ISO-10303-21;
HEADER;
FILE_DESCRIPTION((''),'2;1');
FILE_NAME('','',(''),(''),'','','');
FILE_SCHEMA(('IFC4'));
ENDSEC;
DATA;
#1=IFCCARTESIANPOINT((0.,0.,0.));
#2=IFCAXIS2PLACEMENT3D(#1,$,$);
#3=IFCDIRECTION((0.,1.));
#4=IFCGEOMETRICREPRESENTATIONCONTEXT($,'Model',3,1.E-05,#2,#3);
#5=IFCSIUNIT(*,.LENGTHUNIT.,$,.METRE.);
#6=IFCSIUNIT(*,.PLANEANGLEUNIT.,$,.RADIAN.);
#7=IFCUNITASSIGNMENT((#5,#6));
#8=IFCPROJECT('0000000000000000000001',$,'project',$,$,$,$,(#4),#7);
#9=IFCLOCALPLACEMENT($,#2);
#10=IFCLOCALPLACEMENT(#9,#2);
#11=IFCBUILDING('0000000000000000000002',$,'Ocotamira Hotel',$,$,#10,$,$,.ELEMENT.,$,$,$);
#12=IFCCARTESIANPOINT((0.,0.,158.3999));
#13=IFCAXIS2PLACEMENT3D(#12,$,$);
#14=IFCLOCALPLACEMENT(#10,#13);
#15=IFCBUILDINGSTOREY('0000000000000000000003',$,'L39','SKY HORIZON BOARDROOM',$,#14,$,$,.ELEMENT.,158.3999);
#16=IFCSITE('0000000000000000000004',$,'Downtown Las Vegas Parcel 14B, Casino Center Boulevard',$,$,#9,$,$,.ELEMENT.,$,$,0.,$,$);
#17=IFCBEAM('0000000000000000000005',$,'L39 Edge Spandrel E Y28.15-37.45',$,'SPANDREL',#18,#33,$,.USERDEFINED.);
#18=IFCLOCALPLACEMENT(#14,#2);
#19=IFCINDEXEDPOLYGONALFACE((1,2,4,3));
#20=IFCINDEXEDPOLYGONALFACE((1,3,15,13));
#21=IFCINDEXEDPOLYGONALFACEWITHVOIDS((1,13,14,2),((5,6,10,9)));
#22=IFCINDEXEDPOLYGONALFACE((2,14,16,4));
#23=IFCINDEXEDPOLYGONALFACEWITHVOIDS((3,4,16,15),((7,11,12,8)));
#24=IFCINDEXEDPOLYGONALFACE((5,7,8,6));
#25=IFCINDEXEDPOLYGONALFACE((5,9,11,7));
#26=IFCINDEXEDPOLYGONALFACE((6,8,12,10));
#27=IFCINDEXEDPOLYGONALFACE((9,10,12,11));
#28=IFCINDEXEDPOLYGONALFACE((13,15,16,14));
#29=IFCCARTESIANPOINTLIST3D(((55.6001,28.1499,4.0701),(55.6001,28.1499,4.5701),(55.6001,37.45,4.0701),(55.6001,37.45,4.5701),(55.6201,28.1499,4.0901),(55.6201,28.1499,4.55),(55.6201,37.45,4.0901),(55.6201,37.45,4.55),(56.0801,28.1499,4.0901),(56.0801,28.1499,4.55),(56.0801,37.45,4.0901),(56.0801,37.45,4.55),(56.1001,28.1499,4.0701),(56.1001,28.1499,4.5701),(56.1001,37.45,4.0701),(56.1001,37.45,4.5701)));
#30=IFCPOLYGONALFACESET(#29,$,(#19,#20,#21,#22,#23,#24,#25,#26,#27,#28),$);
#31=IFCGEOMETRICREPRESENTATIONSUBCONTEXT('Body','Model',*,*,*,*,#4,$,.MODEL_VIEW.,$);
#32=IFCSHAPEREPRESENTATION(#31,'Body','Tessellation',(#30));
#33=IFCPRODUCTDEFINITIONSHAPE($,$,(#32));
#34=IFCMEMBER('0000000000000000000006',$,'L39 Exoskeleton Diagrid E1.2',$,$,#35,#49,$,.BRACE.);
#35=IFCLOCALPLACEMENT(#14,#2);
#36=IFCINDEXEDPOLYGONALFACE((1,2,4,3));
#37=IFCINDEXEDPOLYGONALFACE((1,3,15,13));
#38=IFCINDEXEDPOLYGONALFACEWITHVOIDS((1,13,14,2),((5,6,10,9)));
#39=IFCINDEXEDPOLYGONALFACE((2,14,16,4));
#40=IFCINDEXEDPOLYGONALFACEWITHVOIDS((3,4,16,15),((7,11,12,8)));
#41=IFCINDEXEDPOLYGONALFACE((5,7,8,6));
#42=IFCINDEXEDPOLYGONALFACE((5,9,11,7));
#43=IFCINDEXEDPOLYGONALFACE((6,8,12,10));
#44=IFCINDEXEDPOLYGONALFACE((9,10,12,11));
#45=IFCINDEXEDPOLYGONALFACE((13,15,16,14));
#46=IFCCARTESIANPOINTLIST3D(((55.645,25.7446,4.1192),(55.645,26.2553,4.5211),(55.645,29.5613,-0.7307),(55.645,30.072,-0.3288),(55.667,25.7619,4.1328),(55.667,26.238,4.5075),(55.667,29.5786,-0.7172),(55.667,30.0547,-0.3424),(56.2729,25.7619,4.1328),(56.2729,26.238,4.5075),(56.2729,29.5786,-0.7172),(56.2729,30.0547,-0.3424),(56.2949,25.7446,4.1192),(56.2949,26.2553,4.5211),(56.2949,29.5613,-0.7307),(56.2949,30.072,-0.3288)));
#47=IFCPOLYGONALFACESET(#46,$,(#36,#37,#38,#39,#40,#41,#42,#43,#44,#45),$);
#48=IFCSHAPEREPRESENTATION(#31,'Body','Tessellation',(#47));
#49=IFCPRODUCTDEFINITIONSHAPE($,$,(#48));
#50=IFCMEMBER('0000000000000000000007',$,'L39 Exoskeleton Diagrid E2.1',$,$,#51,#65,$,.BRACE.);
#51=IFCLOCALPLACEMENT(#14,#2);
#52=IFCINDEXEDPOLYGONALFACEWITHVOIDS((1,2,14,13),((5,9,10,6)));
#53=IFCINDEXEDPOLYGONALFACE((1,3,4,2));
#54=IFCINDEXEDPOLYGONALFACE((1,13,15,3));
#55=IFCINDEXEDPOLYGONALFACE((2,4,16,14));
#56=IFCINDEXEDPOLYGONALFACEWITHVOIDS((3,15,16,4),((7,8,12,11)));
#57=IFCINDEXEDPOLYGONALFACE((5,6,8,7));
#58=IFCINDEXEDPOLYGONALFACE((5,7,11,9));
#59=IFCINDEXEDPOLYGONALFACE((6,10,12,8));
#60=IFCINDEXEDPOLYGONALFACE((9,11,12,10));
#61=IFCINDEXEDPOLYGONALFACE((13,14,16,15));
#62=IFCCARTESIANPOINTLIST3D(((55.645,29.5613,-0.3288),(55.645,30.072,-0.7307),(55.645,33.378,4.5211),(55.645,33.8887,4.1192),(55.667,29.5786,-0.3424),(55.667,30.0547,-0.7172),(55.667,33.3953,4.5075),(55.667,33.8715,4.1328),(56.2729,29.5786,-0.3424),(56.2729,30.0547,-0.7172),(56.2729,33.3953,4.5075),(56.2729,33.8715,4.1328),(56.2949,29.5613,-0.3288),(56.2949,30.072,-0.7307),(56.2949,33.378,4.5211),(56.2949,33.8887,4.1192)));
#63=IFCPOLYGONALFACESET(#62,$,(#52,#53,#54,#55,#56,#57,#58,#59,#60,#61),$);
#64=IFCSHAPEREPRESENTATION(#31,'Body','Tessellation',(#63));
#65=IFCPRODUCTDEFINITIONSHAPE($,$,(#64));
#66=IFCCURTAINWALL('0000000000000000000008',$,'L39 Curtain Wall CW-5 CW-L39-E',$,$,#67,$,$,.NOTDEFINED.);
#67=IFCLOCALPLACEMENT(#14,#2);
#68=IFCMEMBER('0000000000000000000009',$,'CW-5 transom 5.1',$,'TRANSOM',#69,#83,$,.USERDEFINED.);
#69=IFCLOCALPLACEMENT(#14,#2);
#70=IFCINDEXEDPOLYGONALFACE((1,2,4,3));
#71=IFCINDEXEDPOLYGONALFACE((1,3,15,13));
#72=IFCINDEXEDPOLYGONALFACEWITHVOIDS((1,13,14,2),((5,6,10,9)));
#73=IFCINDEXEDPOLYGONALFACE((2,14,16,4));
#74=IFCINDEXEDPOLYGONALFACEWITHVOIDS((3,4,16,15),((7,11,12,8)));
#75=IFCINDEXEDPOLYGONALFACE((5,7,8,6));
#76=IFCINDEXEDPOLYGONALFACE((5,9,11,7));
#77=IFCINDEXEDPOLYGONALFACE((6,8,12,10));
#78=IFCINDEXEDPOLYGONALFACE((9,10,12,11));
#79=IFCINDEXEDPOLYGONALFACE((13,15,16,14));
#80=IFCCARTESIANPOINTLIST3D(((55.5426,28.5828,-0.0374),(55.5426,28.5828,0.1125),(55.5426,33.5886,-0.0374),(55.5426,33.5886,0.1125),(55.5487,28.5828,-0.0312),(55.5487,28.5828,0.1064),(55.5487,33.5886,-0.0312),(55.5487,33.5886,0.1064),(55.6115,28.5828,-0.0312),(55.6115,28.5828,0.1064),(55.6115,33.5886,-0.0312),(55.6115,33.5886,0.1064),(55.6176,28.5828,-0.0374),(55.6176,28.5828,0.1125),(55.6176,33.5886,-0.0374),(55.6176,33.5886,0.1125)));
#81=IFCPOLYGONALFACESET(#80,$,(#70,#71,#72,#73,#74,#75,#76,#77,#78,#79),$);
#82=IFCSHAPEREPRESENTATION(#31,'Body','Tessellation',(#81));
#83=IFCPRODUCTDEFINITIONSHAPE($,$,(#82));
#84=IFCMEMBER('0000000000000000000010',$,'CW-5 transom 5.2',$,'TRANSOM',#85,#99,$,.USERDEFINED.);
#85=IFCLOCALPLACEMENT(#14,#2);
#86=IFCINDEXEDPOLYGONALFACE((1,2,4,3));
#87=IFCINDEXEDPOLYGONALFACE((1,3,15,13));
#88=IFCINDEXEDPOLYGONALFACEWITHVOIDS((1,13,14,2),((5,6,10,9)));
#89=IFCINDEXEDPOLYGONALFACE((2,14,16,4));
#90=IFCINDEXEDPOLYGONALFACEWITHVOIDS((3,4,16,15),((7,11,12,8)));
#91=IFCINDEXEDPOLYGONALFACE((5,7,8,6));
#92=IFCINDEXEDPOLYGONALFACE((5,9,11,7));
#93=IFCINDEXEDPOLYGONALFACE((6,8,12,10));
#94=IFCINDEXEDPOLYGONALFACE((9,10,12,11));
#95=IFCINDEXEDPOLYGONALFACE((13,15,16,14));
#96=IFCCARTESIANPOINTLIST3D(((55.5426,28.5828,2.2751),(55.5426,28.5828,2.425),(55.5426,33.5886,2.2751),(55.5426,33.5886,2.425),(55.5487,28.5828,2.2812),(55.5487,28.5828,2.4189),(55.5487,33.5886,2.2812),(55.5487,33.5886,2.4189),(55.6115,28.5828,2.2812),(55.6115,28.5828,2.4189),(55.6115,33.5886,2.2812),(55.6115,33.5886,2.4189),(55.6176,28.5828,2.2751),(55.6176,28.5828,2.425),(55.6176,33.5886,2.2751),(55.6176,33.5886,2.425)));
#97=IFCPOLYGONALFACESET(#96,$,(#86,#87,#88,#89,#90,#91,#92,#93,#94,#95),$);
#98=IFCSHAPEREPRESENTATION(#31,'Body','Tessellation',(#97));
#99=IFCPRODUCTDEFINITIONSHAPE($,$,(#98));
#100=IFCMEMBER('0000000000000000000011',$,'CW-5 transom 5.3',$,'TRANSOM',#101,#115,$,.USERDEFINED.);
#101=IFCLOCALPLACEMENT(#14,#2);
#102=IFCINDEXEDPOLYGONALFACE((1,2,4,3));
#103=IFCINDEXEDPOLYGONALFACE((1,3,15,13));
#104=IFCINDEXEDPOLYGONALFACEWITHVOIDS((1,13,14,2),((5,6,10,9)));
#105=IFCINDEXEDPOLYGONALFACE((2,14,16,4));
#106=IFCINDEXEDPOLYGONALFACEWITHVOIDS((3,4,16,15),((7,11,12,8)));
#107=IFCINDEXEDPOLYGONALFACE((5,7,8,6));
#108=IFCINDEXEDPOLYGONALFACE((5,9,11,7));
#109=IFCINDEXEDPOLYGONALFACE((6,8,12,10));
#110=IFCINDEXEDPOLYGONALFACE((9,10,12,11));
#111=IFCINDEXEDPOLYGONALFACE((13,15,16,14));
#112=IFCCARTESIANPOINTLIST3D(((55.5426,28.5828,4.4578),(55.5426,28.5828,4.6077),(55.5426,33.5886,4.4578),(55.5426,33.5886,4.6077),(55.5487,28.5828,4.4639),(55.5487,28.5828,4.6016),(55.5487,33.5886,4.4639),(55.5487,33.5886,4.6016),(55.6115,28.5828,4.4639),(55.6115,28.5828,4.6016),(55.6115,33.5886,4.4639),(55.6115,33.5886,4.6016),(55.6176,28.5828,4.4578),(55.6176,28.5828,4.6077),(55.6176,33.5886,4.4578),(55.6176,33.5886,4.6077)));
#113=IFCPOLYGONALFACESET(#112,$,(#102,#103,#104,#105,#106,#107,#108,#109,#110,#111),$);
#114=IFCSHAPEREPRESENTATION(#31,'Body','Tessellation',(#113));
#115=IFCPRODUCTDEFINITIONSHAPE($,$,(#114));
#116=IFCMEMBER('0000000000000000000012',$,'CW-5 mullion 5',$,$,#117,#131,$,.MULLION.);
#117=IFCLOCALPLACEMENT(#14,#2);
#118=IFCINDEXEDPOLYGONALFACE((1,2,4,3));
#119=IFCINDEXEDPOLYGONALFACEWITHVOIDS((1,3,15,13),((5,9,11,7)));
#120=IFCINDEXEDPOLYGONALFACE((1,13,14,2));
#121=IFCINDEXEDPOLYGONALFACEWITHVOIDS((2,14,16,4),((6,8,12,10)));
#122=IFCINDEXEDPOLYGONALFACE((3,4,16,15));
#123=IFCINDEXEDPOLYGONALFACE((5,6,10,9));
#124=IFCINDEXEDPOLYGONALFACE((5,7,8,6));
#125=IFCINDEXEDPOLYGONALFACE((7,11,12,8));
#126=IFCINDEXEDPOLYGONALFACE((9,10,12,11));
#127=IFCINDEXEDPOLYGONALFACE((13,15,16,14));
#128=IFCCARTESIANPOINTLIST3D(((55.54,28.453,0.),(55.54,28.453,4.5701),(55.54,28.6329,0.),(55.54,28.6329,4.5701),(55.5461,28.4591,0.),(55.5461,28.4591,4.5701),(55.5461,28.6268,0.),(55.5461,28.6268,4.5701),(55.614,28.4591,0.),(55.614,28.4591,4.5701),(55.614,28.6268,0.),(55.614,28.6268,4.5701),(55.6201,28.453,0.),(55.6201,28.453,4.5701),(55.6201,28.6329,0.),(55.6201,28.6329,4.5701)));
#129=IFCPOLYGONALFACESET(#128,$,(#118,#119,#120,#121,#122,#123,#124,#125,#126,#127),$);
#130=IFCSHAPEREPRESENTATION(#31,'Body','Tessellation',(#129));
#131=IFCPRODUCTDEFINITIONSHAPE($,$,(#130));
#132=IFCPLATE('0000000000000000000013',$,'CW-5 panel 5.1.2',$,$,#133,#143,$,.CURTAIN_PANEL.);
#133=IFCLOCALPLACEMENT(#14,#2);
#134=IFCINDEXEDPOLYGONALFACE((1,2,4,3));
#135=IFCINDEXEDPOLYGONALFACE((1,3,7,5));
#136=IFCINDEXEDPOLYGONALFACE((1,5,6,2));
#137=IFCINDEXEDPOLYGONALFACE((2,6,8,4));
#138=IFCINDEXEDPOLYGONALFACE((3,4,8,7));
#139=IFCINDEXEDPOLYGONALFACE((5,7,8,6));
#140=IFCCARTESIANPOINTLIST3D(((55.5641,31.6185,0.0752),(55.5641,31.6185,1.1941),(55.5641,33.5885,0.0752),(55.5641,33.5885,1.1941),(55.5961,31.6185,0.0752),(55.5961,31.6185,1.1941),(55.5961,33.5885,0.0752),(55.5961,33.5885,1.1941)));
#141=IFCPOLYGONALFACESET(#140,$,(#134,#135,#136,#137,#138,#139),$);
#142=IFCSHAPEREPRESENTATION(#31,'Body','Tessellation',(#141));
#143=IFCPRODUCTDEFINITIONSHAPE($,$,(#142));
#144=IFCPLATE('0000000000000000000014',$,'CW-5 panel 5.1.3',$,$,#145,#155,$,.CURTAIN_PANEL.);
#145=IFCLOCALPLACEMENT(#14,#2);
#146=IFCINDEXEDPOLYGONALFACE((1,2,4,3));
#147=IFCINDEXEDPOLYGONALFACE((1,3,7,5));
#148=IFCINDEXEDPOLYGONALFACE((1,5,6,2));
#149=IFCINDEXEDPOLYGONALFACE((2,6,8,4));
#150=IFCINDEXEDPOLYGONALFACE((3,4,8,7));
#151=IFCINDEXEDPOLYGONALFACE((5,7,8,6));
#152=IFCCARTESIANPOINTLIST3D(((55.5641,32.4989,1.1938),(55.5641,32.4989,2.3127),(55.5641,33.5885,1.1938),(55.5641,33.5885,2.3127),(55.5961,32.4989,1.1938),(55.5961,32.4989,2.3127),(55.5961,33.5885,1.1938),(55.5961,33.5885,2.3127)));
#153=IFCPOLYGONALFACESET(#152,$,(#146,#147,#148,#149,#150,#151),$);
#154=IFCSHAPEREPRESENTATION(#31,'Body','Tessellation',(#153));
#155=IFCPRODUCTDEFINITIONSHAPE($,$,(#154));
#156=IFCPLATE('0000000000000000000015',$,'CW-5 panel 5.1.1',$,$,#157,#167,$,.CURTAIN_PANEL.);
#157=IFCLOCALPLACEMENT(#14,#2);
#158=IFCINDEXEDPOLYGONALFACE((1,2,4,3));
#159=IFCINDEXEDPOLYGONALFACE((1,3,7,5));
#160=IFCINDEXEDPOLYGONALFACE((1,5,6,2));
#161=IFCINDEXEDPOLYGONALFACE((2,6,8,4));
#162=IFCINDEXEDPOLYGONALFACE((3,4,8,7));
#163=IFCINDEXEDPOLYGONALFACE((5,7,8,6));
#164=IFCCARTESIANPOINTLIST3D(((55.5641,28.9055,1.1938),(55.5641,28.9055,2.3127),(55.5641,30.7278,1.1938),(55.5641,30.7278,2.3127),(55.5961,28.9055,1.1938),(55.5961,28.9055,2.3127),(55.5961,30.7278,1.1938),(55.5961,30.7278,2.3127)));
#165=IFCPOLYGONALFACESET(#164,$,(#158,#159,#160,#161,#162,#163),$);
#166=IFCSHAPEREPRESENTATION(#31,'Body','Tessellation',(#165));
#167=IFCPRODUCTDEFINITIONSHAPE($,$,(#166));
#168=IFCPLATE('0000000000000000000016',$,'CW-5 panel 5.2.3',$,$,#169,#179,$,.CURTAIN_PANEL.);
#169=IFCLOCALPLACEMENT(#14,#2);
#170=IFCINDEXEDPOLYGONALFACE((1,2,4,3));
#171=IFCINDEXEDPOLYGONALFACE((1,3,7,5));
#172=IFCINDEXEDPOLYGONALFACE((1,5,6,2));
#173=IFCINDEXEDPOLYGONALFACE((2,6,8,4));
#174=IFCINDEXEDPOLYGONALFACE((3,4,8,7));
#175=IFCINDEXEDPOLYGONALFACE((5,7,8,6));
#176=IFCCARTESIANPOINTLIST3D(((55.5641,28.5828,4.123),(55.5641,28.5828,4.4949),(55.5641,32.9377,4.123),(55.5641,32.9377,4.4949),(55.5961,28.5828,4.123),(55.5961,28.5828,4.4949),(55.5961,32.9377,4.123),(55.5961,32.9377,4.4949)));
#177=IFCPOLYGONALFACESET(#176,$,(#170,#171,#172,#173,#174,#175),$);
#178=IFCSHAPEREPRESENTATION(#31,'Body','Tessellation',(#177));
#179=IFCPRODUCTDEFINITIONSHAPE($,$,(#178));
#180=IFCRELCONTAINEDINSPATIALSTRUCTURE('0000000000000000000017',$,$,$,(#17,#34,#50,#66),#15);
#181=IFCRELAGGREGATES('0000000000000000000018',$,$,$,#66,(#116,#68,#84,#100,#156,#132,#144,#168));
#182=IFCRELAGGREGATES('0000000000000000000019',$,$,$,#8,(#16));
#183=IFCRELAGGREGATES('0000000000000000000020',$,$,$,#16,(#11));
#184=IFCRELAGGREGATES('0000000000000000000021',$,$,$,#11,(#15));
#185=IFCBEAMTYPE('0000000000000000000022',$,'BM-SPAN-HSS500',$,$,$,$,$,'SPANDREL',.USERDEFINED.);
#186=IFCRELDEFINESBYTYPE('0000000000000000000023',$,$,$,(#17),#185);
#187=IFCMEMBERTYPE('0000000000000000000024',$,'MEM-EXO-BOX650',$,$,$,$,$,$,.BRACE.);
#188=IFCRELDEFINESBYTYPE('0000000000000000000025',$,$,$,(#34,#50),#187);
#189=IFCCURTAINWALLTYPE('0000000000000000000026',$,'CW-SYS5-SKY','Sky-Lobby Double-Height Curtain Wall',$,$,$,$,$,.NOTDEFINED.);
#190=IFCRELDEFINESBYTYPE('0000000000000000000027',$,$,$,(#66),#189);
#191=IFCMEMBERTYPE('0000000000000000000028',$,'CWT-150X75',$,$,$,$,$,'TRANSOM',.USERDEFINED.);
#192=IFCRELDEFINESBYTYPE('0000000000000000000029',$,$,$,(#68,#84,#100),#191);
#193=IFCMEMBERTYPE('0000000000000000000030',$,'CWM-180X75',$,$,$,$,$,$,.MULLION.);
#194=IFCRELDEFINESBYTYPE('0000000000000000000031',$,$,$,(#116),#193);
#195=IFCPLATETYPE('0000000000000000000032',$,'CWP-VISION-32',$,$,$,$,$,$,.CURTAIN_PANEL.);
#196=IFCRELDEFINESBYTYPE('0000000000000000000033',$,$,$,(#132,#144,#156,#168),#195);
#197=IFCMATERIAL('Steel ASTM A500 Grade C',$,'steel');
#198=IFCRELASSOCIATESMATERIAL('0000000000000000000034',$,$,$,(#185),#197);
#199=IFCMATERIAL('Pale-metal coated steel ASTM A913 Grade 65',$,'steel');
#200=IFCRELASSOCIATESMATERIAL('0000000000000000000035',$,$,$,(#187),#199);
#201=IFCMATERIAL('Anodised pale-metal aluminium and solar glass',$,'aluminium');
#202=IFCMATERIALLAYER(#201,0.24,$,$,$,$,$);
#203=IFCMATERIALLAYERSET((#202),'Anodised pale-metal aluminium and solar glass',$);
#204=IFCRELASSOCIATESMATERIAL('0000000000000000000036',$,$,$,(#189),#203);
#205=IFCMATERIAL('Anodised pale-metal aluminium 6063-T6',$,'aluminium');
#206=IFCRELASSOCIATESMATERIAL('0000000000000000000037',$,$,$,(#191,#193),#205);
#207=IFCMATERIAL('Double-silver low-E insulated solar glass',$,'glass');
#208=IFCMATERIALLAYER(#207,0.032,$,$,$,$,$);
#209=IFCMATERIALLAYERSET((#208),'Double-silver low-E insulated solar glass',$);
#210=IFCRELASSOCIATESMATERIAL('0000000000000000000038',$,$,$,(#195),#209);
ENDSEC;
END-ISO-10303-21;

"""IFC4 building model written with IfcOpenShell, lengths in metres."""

from ifc_helpers import new_model, si_unit, direction, frame, origin, origin_2d, place, context, subcontext, project, spatial, rectangle, hollow_rectangle, extrude, source, transform, mapped, material, layer, layer_set, material_profile, profile_set, type_object, element, aggregate, save


model = new_model("IFC4")

# Units and contexts
model_context = context("Model", 3, precision=1e-05, world=origin(), true_north=direction((0.0, 1.0)))
body_context = subcontext(model_context, "Body", "Model", "MODEL_VIEW")
ifc_project = project(units=[si_unit("LENGTHUNIT", "METRE"), si_unit("PLANEANGLEUNIT", "RADIAN")], contexts=[model_context])

# Site, building, storey
site_placement = place(None, origin())
site = spatial("IfcSite", under=ifc_project, at=site_placement, Name="Downtown Las Vegas Parcel 14B, Casino Center Boulevard", CompositionType="ELEMENT", RefElevation=0.0)
building_placement = place(site_placement, origin())
building = spatial("IfcBuilding", under=site, at=building_placement, Name="Ocotamira Hotel", CompositionType="ELEMENT")
storey_placement = place(building_placement, frame((0.0, 0.0, 158.3999)))
storey = spatial("IfcBuildingStorey", under=building, at=storey_placement, Name="L39", Description="SKY HORIZON BOARDROOM", CompositionType="ELEMENT", Elevation=158.3999)

# Beam
ifc_material_1 = material(Name="Steel ASTM A500 Grade C", Category="steel")
ifc_material_profile_1 = material_profile(ifc_material_1, hollow_rectangle(XDim=0.5, YDim=0.5, WallThickness=0.02, at=origin_2d()), Name="HSS500X500X20")
ifc_profile_set_1 = profile_set([ifc_material_profile_1], Name="Steel ASTM A500 Grade C")
beam_type_1 = type_object("IfcBeamType", Name="BM-SPAN-HSS500", ElementType="SPANDREL", PredefinedType="USERDEFINED", material=ifc_profile_set_1)
shared_shape_1 = source(origin(), body_context, "Body", "SweptSolid", [
    extrude(hollow_rectangle(XDim=0.5, YDim=0.5, WallThickness=0.02, at=origin_2d()), origin(), (0.0, 0.0, 1.0), 9.3),
])
beam_1_placement = place(storey_placement, frame((55.8501, 28.1499, 4.3201), z_axis=(0.0, 1.0, 0.0), x_axis=(-1.0, 0.0, 0.0)))
element("IfcBeam", 1, at=beam_1_placement, inside=storey, type_object=beam_type_1, Name="L39 Edge Spandrel E Y28.15-37.45", ObjectType="SPANDREL", PredefinedType="USERDEFINED", context=body_context, shape_type="MappedRepresentation", body=[
    mapped(shared_shape_1, transform((0.0, 0.0, 0.0), scale=1.0)),
])

# Members
ifc_material_2 = material(Name="Pale-metal coated steel ASTM A913 Grade 65", Category="steel")
ifc_material_profile_2 = material_profile(ifc_material_2, hollow_rectangle(XDim=0.6499, YDim=0.6499, WallThickness=0.022, at=origin_2d()), Name="BOX650X650X22")
ifc_profile_set_2 = profile_set([ifc_material_profile_2], Name="Pale-metal coated steel ASTM A913 Grade 65")
member_type_1 = type_object("IfcMemberType", Name="MEM-EXO-BOX650", PredefinedType="BRACE", material=ifc_profile_set_2)
shared_shape_2 = source(origin(), body_context, "Body", "SweptSolid", [
    extrude(hollow_rectangle(XDim=0.6499, YDim=0.6499, WallThickness=0.022, at=origin_2d()), origin(), (0.0, 0.0, 1.0), 6.1716),
])
for number, where, z_axis, x_axis, name in (
    (2, (55.97, 29.8167, -0.5298), (0.0, -0.618428, 0.785842), (1.0, 0.0, 0.0), "L39 Exoskeleton Diagrid E1.2"),
    (3, (55.97, 29.8167, -0.5298), (0.0, 0.618428, 0.785842), (-1.0, 0.0, 0.0), "L39 Exoskeleton Diagrid E2.1"),
):
    element("IfcMember", number, at=place(storey_placement, frame(where, z_axis=z_axis, x_axis=x_axis)), inside=storey, type_object=member_type_1, Name=name, PredefinedType="BRACE", context=body_context, shape_type="MappedRepresentation", body=[
        mapped(shared_shape_2, transform((0.0, 0.0, 0.0), scale=1.0)),
    ])

# Curtain wall, members, plates
ifc_material_3 = material(Name="Anodised pale-metal aluminium and solar glass", Category="aluminium")
ifc_layer_1 = layer(ifc_material_3, 0.24)
ifc_layer_set_1 = layer_set([ifc_layer_1], Name="Anodised pale-metal aluminium and solar glass")
curtain_wall_type = type_object("IfcCurtainWallType", Name="CW-SYS5-SKY", Description="Sky-Lobby Double-Height Curtain Wall", PredefinedType="NOTDEFINED", material=ifc_layer_set_1)
curtain_wall_placement = place(storey_placement, origin())
curtain_wall = element("IfcCurtainWall", 4, at=curtain_wall_placement, inside=storey, type_object=curtain_wall_type, Name="L39 Curtain Wall CW-5 CW-L39-E", PredefinedType="NOTDEFINED")
ifc_material_4 = material(Name="Anodised pale-metal aluminium 6063-T6", Category="aluminium")
ifc_material_profile_3 = material_profile(ifc_material_4, hollow_rectangle(XDim=0.075, YDim=0.1499, WallThickness=0.0061, at=origin_2d()), Name="HSS150X75X6")
ifc_profile_set_3 = profile_set([ifc_material_profile_3], Name="Anodised pale-metal aluminium 6063-T6")
member_type_2 = type_object("IfcMemberType", Name="CWT-150X75", ElementType="TRANSOM", PredefinedType="USERDEFINED", material=ifc_profile_set_3)
shared_shape_3 = source(origin(), body_context, "Body", "SweptSolid", [
    extrude(hollow_rectangle(XDim=0.075, YDim=0.1499, WallThickness=0.0061, at=origin_2d()), origin(), (0.0, 0.0, 1.0), 5.0059),
])
member_1_placement = place(storey_placement, frame((55.5801, 28.5828, 0.0376), z_axis=(0.0, 1.0, 0.0), x_axis=(-1.0, 0.0, 0.0)))
member_1 = element("IfcMember", 5, at=member_1_placement, type_object=member_type_2, Name="CW-5 transom 5.1", ObjectType="TRANSOM", PredefinedType="USERDEFINED", context=body_context, shape_type="MappedRepresentation", body=[
    mapped(shared_shape_3, transform((0.0, 0.0, 0.0), scale=1.0)),
])
member_2_placement = place(storey_placement, frame((55.5801, 28.5828, 2.3501), z_axis=(0.0, 1.0, 0.0), x_axis=(-1.0, 0.0, 0.0)))
member_2 = element("IfcMember", 6, at=member_2_placement, type_object=member_type_2, Name="CW-5 transom 5.2", ObjectType="TRANSOM", PredefinedType="USERDEFINED", context=body_context, shape_type="MappedRepresentation", body=[
    mapped(shared_shape_3, transform((0.0, 0.0, 0.0), scale=1.0)),
])
member_3_placement = place(storey_placement, frame((55.5801, 28.5828, 4.5327), z_axis=(0.0, 1.0, 0.0), x_axis=(-1.0, 0.0, 0.0)))
member_3 = element("IfcMember", 7, at=member_3_placement, type_object=member_type_2, Name="CW-5 transom 5.3", ObjectType="TRANSOM", PredefinedType="USERDEFINED", context=body_context, shape_type="MappedRepresentation", body=[
    mapped(shared_shape_3, transform((0.0, 0.0, 0.0), scale=1.0)),
])
ifc_material_profile_4 = material_profile(ifc_material_4, hollow_rectangle(XDim=0.0801, YDim=0.1799, WallThickness=0.0061, at=origin_2d()), Name="HSS180X80X6")
ifc_profile_set_4 = profile_set([ifc_material_profile_4], Name="Anodised pale-metal aluminium 6063-T6")
member_type_3 = type_object("IfcMemberType", Name="CWM-180X75", PredefinedType="MULLION", material=ifc_profile_set_4)
shared_shape_4 = source(origin(), body_context, "Body", "SweptSolid", [
    extrude(hollow_rectangle(XDim=0.0801, YDim=0.1799, WallThickness=0.0061, at=origin_2d()), origin(), (0.0, 0.0, 1.0), 4.5701),
])
member_4_placement = place(storey_placement, frame((55.5801, 28.543, 0.0), z_axis=(0.0, 0.0, 1.0), x_axis=(-1.0, 0.0, 0.0)))
member_4 = element("IfcMember", 8, at=member_4_placement, type_object=member_type_3, Name="CW-5 mullion 5", PredefinedType="MULLION", context=body_context, shape_type="MappedRepresentation", body=[
    mapped(shared_shape_4, transform((0.0, 0.0, 0.0), scale=1.0)),
])
ifc_material_5 = material(Name="Double-silver low-E insulated solar glass", Category="glass")
ifc_layer_2 = layer(ifc_material_5, 0.032)
ifc_layer_set_2 = layer_set([ifc_layer_2], Name="Double-silver low-E insulated solar glass")
plate_type = type_object("IfcPlateType", Name="CWP-VISION-32", PredefinedType="CURTAIN_PANEL", material=ifc_layer_set_2)
shared_shape_5 = source(origin(), body_context, "Body", "SweptSolid", [
    extrude(rectangle(XDim=1.97, YDim=0.032, at=origin_2d()), origin(), (0.0, 0.0, 1.0), 1.1189),
])
plate_1_placement = place(storey_placement, frame((55.5801, 32.6035, 0.0752), z_axis=(0.0, 0.0, 1.0), x_axis=(0.0, 1.0, 0.0)))
plate_1 = element("IfcPlate", 9, at=plate_1_placement, type_object=plate_type, Name="CW-5 panel 5.1.2", PredefinedType="CURTAIN_PANEL", context=body_context, shape_type="MappedRepresentation", body=[
    mapped(shared_shape_5, transform((0.0, 0.0, 0.0), scale=1.0)),
])
shared_shape_6 = source(origin(), body_context, "Body", "SweptSolid", [
    extrude(rectangle(XDim=1.0896, YDim=0.032, at=origin_2d()), origin(), (0.0, 0.0, 1.0), 1.1189),
])
plate_2_placement = place(storey_placement, frame((55.5801, 33.0437, 1.1938), z_axis=(0.0, 0.0, 1.0), x_axis=(0.0, 1.0, 0.0)))
plate_2 = element("IfcPlate", 10, at=plate_2_placement, type_object=plate_type, Name="CW-5 panel 5.1.3", PredefinedType="CURTAIN_PANEL", context=body_context, shape_type="MappedRepresentation", body=[
    mapped(shared_shape_6, transform((0.0, 0.0, 0.0), scale=1.0)),
])
shared_shape_7 = source(origin(), body_context, "Body", "SweptSolid", [
    extrude(rectangle(XDim=1.8223, YDim=0.032, at=origin_2d()), origin(), (0.0, 0.0, 1.0), 1.1189),
])
plate_3_placement = place(storey_placement, frame((55.5801, 29.8167, 1.1938), z_axis=(0.0, 0.0, 1.0), x_axis=(0.0, 1.0, 0.0)))
plate_3 = element("IfcPlate", 11, at=plate_3_placement, type_object=plate_type, Name="CW-5 panel 5.1.1", PredefinedType="CURTAIN_PANEL", context=body_context, shape_type="MappedRepresentation", body=[
    mapped(shared_shape_7, transform((0.0, 0.0, 0.0), scale=1.0)),
])
shared_shape_8 = source(origin(), body_context, "Body", "SweptSolid", [
    extrude(rectangle(XDim=4.355, YDim=0.032, at=origin_2d()), origin(), (0.0, 0.0, 1.0), 0.3718),
])
plate_4_placement = place(storey_placement, frame((55.5801, 30.7603, 4.123), z_axis=(0.0, 0.0, 1.0), x_axis=(0.0, 1.0, 0.0)))
plate_4 = element("IfcPlate", 12, at=plate_4_placement, type_object=plate_type, Name="CW-5 panel 5.2.3", PredefinedType="CURTAIN_PANEL", context=body_context, shape_type="MappedRepresentation", body=[
    mapped(shared_shape_8, transform((0.0, 0.0, 0.0), scale=1.0)),
])
aggregate(curtain_wall, [member_4, member_1, member_2, member_3, plate_3, plate_1, plate_2, plate_4])

save(model, "model.ifc")
